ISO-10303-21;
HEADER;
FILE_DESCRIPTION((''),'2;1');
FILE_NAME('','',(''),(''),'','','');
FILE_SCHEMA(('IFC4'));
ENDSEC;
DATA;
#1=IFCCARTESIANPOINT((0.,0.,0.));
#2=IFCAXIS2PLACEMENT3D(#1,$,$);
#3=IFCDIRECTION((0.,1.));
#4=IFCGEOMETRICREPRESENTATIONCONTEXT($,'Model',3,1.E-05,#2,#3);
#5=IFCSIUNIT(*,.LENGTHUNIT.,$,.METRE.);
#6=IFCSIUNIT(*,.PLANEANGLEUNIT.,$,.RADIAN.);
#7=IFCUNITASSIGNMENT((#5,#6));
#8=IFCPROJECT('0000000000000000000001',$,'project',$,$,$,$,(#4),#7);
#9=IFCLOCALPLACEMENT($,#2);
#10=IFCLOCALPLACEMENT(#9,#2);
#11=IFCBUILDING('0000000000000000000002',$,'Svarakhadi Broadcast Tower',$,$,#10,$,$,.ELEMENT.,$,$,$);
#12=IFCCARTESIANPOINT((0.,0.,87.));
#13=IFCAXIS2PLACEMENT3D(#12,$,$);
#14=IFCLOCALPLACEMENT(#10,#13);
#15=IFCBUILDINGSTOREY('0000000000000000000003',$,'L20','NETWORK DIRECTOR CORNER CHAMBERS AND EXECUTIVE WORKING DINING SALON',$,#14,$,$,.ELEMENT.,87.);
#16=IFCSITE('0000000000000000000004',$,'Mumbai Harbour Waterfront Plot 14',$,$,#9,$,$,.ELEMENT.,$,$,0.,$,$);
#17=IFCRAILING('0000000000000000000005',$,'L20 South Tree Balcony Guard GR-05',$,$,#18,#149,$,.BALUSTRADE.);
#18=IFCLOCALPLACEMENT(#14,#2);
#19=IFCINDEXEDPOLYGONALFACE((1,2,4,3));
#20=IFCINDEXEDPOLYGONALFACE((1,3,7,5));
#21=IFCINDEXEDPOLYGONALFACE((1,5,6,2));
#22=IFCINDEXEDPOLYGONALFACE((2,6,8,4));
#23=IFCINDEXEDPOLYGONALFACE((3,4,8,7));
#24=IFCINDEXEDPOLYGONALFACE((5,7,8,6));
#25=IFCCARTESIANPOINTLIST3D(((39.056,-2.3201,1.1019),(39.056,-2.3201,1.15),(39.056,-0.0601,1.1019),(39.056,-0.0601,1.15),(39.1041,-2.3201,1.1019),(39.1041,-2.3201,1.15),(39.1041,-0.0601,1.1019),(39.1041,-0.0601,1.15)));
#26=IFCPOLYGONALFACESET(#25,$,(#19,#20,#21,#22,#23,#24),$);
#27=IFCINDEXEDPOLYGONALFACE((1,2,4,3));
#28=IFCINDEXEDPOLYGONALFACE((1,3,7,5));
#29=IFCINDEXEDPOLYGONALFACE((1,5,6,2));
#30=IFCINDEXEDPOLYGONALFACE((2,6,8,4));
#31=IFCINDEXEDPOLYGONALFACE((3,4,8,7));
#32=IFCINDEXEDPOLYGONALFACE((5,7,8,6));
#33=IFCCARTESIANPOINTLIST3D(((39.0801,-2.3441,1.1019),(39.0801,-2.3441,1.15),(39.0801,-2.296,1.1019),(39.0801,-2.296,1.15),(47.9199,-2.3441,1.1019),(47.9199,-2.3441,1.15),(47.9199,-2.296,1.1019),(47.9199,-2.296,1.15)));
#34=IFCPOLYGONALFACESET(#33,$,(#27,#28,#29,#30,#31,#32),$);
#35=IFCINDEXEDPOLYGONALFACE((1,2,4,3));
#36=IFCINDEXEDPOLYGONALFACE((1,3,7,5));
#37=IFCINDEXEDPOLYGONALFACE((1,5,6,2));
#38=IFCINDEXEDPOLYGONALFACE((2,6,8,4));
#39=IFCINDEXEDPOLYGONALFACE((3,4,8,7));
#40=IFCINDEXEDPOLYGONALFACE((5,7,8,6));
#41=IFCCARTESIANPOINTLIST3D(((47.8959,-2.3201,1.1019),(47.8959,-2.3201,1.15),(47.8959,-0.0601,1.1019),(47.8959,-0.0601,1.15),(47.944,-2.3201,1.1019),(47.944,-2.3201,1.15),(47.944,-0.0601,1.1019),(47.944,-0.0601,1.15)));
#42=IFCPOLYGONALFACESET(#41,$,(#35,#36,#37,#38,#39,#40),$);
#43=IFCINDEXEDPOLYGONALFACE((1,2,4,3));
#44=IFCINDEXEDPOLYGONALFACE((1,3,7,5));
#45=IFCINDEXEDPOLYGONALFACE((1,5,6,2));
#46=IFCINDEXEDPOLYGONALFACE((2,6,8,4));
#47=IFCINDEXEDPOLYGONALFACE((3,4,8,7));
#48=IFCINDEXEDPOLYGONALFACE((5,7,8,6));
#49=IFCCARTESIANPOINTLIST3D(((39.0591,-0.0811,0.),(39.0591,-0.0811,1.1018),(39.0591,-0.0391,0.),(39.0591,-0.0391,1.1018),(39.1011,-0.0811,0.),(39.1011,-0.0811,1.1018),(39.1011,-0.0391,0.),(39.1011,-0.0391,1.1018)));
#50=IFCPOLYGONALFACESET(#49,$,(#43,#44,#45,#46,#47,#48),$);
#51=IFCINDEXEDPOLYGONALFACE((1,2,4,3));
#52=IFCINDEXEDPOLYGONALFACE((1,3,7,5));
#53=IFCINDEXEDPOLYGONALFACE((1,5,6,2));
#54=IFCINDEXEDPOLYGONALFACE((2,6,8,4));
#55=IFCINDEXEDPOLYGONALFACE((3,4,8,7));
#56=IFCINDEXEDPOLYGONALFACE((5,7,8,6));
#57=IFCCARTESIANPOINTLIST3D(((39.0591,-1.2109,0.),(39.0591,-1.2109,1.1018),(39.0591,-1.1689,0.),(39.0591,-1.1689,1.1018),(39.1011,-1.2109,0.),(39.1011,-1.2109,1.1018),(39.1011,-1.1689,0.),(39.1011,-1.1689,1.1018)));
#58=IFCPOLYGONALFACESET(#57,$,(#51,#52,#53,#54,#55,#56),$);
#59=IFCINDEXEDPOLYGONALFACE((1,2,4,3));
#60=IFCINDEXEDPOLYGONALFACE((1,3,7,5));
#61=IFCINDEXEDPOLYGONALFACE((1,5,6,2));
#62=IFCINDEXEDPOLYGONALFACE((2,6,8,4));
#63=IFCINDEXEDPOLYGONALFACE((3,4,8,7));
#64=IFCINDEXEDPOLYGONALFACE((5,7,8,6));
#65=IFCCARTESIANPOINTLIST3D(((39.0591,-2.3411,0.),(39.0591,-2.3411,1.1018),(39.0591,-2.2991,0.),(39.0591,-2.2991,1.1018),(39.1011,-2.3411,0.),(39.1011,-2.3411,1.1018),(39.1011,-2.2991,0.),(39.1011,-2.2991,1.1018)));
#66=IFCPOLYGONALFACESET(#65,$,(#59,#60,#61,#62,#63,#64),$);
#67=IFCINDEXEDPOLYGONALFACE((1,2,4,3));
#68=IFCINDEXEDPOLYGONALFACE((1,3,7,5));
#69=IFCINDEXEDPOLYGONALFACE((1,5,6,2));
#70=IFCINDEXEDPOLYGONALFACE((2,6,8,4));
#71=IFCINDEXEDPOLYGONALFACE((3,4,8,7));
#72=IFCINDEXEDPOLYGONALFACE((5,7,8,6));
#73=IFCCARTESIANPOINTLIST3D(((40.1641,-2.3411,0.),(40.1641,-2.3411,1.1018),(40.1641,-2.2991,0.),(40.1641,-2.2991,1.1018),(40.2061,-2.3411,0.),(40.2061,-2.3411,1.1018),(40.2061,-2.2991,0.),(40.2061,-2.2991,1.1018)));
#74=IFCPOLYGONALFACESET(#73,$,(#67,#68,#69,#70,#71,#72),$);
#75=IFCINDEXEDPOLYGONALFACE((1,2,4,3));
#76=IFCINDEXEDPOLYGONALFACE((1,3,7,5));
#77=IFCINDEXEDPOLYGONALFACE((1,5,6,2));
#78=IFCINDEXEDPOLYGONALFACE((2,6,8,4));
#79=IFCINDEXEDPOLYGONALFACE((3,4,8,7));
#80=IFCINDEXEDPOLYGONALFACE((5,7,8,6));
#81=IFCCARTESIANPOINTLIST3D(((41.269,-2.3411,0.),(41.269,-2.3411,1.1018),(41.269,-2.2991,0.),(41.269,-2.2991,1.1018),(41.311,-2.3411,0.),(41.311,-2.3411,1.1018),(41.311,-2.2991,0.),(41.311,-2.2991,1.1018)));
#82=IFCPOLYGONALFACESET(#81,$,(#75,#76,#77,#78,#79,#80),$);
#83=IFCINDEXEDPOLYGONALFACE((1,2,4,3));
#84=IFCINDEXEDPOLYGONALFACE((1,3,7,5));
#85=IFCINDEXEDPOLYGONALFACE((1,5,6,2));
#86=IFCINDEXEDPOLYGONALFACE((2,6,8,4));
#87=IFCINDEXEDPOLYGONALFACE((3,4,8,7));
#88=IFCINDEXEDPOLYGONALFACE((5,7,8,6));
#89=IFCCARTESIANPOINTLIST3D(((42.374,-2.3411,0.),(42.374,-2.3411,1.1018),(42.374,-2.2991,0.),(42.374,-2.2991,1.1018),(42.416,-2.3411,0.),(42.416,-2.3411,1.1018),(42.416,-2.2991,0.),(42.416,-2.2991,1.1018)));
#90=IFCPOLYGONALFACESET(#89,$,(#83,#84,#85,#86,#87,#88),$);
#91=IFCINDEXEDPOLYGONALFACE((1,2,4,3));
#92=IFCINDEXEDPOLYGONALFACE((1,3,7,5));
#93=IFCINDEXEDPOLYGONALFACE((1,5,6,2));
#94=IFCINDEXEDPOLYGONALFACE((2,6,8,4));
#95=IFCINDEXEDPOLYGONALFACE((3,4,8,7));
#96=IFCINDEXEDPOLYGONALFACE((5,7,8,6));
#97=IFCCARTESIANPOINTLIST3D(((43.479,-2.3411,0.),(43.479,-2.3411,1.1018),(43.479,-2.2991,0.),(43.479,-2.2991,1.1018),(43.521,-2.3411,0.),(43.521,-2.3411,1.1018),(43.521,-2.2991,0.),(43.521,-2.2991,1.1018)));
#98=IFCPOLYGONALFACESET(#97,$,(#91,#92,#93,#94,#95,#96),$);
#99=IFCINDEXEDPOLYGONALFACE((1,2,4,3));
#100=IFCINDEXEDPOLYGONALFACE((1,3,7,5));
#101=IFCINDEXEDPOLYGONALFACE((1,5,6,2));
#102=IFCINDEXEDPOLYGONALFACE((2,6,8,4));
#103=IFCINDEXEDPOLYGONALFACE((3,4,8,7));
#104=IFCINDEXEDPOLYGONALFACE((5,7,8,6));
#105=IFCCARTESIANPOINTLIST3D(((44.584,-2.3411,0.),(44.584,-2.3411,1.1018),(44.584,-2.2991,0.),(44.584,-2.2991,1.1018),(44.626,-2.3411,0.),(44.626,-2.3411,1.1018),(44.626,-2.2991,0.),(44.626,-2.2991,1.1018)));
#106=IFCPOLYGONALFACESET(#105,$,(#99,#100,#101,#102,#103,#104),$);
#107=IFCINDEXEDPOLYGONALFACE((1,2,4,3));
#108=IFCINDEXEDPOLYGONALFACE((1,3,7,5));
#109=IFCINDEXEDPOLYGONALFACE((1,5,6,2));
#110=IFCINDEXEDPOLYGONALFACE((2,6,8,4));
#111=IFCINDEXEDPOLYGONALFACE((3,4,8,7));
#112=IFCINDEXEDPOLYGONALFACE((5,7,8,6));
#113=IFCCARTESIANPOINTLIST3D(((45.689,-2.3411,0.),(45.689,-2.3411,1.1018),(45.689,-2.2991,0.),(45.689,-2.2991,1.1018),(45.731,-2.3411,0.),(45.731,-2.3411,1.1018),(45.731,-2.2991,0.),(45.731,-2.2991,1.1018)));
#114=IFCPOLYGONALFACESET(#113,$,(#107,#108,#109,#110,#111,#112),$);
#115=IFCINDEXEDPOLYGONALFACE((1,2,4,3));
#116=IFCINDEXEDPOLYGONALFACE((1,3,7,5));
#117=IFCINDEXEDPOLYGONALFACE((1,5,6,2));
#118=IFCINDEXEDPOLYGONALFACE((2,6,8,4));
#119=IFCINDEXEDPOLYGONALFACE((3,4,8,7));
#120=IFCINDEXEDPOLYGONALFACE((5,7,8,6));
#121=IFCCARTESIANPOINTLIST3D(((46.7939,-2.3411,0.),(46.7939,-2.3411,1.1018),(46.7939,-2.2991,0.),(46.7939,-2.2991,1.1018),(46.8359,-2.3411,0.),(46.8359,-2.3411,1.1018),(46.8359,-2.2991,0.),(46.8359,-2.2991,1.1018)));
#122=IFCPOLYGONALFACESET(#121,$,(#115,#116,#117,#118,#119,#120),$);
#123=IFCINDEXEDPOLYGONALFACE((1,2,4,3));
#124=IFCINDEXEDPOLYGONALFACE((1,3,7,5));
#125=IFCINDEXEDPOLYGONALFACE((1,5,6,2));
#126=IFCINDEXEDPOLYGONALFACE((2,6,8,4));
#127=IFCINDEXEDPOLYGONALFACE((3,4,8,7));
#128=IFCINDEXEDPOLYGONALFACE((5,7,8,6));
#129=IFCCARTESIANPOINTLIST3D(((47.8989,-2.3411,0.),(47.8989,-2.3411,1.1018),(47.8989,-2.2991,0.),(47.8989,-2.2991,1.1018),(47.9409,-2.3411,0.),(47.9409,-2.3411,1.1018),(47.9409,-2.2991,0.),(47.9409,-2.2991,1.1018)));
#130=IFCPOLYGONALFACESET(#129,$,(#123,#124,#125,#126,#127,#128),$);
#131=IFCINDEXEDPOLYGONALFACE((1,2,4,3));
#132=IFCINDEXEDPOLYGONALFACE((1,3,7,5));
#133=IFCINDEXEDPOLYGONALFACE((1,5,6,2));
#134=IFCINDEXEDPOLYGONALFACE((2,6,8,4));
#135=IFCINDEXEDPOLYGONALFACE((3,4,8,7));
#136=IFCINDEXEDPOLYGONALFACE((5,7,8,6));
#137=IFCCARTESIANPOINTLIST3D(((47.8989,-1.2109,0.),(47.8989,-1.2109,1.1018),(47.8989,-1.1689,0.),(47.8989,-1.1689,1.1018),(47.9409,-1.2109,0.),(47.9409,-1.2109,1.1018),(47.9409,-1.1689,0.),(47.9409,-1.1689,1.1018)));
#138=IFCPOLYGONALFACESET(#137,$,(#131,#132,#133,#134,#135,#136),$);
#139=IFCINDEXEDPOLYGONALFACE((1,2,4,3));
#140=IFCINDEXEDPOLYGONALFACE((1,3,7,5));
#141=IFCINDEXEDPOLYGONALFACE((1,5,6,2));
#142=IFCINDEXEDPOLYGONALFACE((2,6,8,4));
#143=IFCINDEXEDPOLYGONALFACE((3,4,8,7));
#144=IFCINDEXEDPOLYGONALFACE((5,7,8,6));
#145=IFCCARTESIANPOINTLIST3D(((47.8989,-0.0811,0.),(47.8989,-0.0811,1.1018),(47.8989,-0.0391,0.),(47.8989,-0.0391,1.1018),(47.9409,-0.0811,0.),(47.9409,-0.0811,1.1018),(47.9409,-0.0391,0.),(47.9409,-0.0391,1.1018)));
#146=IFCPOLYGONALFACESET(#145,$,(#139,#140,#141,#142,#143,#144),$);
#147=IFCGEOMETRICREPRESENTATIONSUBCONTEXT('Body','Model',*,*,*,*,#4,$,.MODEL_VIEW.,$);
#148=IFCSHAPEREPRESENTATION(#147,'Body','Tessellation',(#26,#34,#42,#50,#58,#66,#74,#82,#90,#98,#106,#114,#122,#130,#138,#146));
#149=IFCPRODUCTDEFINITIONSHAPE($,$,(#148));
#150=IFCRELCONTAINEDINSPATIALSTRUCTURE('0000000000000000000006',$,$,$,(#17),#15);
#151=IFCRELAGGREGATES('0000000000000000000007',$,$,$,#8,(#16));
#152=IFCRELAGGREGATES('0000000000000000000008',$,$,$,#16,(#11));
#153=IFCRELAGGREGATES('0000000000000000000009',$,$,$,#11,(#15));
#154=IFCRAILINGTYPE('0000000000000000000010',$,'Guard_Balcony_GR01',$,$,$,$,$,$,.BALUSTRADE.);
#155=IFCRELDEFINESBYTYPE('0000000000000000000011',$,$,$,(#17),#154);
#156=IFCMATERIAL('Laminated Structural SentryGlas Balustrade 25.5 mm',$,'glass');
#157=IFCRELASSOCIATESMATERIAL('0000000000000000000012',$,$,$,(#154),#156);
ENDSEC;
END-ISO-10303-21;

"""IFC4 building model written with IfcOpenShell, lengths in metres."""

from ifc_helpers import new_model, si_unit, direction, frame, origin, origin_2d, place, context, subcontext, project, spatial, rectangle, extrude, material, type_object, element, save


model = new_model("IFC4")

# Units and contexts
model_context = context("Model", 3, precision=1e-05, world=origin(), true_north=direction((0.0, 1.0)))
body_context = subcontext(model_context, "Body", "Model", "MODEL_VIEW")
ifc_project = project(units=[si_unit("LENGTHUNIT", "METRE"), si_unit("PLANEANGLEUNIT", "RADIAN")], contexts=[model_context])

# Site, building, storey
site_placement = place(None, origin())
site = spatial("IfcSite", under=ifc_project, at=site_placement, Name="Mumbai Harbour Waterfront Plot 14", CompositionType="ELEMENT", RefElevation=0.0)
building_placement = place(site_placement, origin())
building = spatial("IfcBuilding", under=site, at=building_placement, Name="Svarakhadi Broadcast Tower", CompositionType="ELEMENT")
storey_placement = place(building_placement, frame((0.0, 0.0, 87.0)))
storey = spatial("IfcBuildingStorey", under=building, at=storey_placement, Name="L20", Description="NETWORK DIRECTOR CORNER CHAMBERS AND EXECUTIVE WORKING DINING SALON", CompositionType="ELEMENT", Elevation=87.0)

# Railing
ifc_material_1 = material(Name="Laminated Structural SentryGlas Balustrade 25.5 mm", Category="glass")
railing_type = type_object("IfcRailingType", Name="Guard_Balcony_GR01", PredefinedType="BALUSTRADE", material=ifc_material_1)
railing_placement = place(storey_placement, frame((39.0801, -0.0601, 0.0)))
element("IfcRailing", 1, at=railing_placement, inside=storey, type_object=railing_type, Name="L20 South Tree Balcony Guard GR-05", PredefinedType="BALUSTRADE", context=body_context, shape_type="SweptSolid", body=[
    extrude(rectangle(XDim=0.0481, YDim=0.0481, at=origin_2d()), frame((0.0, 0.0, 1.126), z_axis=(0.0, -1.0, 0.0), x_axis=(1.0, 0.0, 0.0)), (0.0, 0.0, 1.0), 2.26),
    extrude(rectangle(XDim=0.0481, YDim=0.0481, at=origin_2d()), frame((0.0, -2.26, 1.126), z_axis=(1.0, 0.0, 0.0), x_axis=(0.0, 1.0, 0.0)), (0.0, 0.0, 1.0), 8.8398),
    extrude(rectangle(XDim=0.0481, YDim=0.0481, at=origin_2d()), frame((8.8398, -2.26, 1.126), z_axis=(0.0, 1.0, 0.0), x_axis=(-1.0, 0.0, 0.0)), (0.0, 0.0, 1.0), 2.26),
    extrude(rectangle(XDim=0.042, YDim=0.042, at=origin_2d()), origin(), (0.0, 0.0, 1.0), 1.1018),
    extrude(rectangle(XDim=0.042, YDim=0.042, at=origin_2d()), frame((0.0, -1.1299, 0.0)), (0.0, 0.0, 1.0), 1.1018),
    extrude(rectangle(XDim=0.042, YDim=0.042, at=origin_2d()), frame((0.0, -2.26, 0.0)), (0.0, 0.0, 1.0), 1.1018),
    extrude(rectangle(XDim=0.042, YDim=0.042, at=origin_2d()), frame((1.105, -2.26, 0.0)), (0.0, 0.0, 1.0), 1.1018),
    extrude(rectangle(XDim=0.042, YDim=0.042, at=origin_2d()), frame((2.21, -2.26, 0.0)), (0.0, 0.0, 1.0), 1.1018),
    extrude(rectangle(XDim=0.042, YDim=0.042, at=origin_2d()), frame((3.3149, -2.26, 0.0)), (0.0, 0.0, 1.0), 1.1018),
    extrude(rectangle(XDim=0.042, YDim=0.042, at=origin_2d()), frame((4.4199, -2.26, 0.0)), (0.0, 0.0, 1.0), 1.1018),
    extrude(rectangle(XDim=0.042, YDim=0.042, at=origin_2d()), frame((5.5249, -2.26, 0.0)), (0.0, 0.0, 1.0), 1.1018),
    extrude(rectangle(XDim=0.042, YDim=0.042, at=origin_2d()), frame((6.6299, -2.26, 0.0)), (0.0, 0.0, 1.0), 1.1018),
    extrude(rectangle(XDim=0.042, YDim=0.042, at=origin_2d()), frame((7.7349, -2.26, 0.0)), (0.0, 0.0, 1.0), 1.1018),
    extrude(rectangle(XDim=0.042, YDim=0.042, at=origin_2d()), frame((8.8398, -2.26, 0.0)), (0.0, 0.0, 1.0), 1.1018),
    extrude(rectangle(XDim=0.042, YDim=0.042, at=origin_2d()), frame((8.8398, -1.1299, 0.0)), (0.0, 0.0, 1.0), 1.1018),
    extrude(rectangle(XDim=0.042, YDim=0.042, at=origin_2d()), frame((8.8398, 0.0, 0.0)), (0.0, 0.0, 1.0), 1.1018),
])

save(model, "model.ifc")
